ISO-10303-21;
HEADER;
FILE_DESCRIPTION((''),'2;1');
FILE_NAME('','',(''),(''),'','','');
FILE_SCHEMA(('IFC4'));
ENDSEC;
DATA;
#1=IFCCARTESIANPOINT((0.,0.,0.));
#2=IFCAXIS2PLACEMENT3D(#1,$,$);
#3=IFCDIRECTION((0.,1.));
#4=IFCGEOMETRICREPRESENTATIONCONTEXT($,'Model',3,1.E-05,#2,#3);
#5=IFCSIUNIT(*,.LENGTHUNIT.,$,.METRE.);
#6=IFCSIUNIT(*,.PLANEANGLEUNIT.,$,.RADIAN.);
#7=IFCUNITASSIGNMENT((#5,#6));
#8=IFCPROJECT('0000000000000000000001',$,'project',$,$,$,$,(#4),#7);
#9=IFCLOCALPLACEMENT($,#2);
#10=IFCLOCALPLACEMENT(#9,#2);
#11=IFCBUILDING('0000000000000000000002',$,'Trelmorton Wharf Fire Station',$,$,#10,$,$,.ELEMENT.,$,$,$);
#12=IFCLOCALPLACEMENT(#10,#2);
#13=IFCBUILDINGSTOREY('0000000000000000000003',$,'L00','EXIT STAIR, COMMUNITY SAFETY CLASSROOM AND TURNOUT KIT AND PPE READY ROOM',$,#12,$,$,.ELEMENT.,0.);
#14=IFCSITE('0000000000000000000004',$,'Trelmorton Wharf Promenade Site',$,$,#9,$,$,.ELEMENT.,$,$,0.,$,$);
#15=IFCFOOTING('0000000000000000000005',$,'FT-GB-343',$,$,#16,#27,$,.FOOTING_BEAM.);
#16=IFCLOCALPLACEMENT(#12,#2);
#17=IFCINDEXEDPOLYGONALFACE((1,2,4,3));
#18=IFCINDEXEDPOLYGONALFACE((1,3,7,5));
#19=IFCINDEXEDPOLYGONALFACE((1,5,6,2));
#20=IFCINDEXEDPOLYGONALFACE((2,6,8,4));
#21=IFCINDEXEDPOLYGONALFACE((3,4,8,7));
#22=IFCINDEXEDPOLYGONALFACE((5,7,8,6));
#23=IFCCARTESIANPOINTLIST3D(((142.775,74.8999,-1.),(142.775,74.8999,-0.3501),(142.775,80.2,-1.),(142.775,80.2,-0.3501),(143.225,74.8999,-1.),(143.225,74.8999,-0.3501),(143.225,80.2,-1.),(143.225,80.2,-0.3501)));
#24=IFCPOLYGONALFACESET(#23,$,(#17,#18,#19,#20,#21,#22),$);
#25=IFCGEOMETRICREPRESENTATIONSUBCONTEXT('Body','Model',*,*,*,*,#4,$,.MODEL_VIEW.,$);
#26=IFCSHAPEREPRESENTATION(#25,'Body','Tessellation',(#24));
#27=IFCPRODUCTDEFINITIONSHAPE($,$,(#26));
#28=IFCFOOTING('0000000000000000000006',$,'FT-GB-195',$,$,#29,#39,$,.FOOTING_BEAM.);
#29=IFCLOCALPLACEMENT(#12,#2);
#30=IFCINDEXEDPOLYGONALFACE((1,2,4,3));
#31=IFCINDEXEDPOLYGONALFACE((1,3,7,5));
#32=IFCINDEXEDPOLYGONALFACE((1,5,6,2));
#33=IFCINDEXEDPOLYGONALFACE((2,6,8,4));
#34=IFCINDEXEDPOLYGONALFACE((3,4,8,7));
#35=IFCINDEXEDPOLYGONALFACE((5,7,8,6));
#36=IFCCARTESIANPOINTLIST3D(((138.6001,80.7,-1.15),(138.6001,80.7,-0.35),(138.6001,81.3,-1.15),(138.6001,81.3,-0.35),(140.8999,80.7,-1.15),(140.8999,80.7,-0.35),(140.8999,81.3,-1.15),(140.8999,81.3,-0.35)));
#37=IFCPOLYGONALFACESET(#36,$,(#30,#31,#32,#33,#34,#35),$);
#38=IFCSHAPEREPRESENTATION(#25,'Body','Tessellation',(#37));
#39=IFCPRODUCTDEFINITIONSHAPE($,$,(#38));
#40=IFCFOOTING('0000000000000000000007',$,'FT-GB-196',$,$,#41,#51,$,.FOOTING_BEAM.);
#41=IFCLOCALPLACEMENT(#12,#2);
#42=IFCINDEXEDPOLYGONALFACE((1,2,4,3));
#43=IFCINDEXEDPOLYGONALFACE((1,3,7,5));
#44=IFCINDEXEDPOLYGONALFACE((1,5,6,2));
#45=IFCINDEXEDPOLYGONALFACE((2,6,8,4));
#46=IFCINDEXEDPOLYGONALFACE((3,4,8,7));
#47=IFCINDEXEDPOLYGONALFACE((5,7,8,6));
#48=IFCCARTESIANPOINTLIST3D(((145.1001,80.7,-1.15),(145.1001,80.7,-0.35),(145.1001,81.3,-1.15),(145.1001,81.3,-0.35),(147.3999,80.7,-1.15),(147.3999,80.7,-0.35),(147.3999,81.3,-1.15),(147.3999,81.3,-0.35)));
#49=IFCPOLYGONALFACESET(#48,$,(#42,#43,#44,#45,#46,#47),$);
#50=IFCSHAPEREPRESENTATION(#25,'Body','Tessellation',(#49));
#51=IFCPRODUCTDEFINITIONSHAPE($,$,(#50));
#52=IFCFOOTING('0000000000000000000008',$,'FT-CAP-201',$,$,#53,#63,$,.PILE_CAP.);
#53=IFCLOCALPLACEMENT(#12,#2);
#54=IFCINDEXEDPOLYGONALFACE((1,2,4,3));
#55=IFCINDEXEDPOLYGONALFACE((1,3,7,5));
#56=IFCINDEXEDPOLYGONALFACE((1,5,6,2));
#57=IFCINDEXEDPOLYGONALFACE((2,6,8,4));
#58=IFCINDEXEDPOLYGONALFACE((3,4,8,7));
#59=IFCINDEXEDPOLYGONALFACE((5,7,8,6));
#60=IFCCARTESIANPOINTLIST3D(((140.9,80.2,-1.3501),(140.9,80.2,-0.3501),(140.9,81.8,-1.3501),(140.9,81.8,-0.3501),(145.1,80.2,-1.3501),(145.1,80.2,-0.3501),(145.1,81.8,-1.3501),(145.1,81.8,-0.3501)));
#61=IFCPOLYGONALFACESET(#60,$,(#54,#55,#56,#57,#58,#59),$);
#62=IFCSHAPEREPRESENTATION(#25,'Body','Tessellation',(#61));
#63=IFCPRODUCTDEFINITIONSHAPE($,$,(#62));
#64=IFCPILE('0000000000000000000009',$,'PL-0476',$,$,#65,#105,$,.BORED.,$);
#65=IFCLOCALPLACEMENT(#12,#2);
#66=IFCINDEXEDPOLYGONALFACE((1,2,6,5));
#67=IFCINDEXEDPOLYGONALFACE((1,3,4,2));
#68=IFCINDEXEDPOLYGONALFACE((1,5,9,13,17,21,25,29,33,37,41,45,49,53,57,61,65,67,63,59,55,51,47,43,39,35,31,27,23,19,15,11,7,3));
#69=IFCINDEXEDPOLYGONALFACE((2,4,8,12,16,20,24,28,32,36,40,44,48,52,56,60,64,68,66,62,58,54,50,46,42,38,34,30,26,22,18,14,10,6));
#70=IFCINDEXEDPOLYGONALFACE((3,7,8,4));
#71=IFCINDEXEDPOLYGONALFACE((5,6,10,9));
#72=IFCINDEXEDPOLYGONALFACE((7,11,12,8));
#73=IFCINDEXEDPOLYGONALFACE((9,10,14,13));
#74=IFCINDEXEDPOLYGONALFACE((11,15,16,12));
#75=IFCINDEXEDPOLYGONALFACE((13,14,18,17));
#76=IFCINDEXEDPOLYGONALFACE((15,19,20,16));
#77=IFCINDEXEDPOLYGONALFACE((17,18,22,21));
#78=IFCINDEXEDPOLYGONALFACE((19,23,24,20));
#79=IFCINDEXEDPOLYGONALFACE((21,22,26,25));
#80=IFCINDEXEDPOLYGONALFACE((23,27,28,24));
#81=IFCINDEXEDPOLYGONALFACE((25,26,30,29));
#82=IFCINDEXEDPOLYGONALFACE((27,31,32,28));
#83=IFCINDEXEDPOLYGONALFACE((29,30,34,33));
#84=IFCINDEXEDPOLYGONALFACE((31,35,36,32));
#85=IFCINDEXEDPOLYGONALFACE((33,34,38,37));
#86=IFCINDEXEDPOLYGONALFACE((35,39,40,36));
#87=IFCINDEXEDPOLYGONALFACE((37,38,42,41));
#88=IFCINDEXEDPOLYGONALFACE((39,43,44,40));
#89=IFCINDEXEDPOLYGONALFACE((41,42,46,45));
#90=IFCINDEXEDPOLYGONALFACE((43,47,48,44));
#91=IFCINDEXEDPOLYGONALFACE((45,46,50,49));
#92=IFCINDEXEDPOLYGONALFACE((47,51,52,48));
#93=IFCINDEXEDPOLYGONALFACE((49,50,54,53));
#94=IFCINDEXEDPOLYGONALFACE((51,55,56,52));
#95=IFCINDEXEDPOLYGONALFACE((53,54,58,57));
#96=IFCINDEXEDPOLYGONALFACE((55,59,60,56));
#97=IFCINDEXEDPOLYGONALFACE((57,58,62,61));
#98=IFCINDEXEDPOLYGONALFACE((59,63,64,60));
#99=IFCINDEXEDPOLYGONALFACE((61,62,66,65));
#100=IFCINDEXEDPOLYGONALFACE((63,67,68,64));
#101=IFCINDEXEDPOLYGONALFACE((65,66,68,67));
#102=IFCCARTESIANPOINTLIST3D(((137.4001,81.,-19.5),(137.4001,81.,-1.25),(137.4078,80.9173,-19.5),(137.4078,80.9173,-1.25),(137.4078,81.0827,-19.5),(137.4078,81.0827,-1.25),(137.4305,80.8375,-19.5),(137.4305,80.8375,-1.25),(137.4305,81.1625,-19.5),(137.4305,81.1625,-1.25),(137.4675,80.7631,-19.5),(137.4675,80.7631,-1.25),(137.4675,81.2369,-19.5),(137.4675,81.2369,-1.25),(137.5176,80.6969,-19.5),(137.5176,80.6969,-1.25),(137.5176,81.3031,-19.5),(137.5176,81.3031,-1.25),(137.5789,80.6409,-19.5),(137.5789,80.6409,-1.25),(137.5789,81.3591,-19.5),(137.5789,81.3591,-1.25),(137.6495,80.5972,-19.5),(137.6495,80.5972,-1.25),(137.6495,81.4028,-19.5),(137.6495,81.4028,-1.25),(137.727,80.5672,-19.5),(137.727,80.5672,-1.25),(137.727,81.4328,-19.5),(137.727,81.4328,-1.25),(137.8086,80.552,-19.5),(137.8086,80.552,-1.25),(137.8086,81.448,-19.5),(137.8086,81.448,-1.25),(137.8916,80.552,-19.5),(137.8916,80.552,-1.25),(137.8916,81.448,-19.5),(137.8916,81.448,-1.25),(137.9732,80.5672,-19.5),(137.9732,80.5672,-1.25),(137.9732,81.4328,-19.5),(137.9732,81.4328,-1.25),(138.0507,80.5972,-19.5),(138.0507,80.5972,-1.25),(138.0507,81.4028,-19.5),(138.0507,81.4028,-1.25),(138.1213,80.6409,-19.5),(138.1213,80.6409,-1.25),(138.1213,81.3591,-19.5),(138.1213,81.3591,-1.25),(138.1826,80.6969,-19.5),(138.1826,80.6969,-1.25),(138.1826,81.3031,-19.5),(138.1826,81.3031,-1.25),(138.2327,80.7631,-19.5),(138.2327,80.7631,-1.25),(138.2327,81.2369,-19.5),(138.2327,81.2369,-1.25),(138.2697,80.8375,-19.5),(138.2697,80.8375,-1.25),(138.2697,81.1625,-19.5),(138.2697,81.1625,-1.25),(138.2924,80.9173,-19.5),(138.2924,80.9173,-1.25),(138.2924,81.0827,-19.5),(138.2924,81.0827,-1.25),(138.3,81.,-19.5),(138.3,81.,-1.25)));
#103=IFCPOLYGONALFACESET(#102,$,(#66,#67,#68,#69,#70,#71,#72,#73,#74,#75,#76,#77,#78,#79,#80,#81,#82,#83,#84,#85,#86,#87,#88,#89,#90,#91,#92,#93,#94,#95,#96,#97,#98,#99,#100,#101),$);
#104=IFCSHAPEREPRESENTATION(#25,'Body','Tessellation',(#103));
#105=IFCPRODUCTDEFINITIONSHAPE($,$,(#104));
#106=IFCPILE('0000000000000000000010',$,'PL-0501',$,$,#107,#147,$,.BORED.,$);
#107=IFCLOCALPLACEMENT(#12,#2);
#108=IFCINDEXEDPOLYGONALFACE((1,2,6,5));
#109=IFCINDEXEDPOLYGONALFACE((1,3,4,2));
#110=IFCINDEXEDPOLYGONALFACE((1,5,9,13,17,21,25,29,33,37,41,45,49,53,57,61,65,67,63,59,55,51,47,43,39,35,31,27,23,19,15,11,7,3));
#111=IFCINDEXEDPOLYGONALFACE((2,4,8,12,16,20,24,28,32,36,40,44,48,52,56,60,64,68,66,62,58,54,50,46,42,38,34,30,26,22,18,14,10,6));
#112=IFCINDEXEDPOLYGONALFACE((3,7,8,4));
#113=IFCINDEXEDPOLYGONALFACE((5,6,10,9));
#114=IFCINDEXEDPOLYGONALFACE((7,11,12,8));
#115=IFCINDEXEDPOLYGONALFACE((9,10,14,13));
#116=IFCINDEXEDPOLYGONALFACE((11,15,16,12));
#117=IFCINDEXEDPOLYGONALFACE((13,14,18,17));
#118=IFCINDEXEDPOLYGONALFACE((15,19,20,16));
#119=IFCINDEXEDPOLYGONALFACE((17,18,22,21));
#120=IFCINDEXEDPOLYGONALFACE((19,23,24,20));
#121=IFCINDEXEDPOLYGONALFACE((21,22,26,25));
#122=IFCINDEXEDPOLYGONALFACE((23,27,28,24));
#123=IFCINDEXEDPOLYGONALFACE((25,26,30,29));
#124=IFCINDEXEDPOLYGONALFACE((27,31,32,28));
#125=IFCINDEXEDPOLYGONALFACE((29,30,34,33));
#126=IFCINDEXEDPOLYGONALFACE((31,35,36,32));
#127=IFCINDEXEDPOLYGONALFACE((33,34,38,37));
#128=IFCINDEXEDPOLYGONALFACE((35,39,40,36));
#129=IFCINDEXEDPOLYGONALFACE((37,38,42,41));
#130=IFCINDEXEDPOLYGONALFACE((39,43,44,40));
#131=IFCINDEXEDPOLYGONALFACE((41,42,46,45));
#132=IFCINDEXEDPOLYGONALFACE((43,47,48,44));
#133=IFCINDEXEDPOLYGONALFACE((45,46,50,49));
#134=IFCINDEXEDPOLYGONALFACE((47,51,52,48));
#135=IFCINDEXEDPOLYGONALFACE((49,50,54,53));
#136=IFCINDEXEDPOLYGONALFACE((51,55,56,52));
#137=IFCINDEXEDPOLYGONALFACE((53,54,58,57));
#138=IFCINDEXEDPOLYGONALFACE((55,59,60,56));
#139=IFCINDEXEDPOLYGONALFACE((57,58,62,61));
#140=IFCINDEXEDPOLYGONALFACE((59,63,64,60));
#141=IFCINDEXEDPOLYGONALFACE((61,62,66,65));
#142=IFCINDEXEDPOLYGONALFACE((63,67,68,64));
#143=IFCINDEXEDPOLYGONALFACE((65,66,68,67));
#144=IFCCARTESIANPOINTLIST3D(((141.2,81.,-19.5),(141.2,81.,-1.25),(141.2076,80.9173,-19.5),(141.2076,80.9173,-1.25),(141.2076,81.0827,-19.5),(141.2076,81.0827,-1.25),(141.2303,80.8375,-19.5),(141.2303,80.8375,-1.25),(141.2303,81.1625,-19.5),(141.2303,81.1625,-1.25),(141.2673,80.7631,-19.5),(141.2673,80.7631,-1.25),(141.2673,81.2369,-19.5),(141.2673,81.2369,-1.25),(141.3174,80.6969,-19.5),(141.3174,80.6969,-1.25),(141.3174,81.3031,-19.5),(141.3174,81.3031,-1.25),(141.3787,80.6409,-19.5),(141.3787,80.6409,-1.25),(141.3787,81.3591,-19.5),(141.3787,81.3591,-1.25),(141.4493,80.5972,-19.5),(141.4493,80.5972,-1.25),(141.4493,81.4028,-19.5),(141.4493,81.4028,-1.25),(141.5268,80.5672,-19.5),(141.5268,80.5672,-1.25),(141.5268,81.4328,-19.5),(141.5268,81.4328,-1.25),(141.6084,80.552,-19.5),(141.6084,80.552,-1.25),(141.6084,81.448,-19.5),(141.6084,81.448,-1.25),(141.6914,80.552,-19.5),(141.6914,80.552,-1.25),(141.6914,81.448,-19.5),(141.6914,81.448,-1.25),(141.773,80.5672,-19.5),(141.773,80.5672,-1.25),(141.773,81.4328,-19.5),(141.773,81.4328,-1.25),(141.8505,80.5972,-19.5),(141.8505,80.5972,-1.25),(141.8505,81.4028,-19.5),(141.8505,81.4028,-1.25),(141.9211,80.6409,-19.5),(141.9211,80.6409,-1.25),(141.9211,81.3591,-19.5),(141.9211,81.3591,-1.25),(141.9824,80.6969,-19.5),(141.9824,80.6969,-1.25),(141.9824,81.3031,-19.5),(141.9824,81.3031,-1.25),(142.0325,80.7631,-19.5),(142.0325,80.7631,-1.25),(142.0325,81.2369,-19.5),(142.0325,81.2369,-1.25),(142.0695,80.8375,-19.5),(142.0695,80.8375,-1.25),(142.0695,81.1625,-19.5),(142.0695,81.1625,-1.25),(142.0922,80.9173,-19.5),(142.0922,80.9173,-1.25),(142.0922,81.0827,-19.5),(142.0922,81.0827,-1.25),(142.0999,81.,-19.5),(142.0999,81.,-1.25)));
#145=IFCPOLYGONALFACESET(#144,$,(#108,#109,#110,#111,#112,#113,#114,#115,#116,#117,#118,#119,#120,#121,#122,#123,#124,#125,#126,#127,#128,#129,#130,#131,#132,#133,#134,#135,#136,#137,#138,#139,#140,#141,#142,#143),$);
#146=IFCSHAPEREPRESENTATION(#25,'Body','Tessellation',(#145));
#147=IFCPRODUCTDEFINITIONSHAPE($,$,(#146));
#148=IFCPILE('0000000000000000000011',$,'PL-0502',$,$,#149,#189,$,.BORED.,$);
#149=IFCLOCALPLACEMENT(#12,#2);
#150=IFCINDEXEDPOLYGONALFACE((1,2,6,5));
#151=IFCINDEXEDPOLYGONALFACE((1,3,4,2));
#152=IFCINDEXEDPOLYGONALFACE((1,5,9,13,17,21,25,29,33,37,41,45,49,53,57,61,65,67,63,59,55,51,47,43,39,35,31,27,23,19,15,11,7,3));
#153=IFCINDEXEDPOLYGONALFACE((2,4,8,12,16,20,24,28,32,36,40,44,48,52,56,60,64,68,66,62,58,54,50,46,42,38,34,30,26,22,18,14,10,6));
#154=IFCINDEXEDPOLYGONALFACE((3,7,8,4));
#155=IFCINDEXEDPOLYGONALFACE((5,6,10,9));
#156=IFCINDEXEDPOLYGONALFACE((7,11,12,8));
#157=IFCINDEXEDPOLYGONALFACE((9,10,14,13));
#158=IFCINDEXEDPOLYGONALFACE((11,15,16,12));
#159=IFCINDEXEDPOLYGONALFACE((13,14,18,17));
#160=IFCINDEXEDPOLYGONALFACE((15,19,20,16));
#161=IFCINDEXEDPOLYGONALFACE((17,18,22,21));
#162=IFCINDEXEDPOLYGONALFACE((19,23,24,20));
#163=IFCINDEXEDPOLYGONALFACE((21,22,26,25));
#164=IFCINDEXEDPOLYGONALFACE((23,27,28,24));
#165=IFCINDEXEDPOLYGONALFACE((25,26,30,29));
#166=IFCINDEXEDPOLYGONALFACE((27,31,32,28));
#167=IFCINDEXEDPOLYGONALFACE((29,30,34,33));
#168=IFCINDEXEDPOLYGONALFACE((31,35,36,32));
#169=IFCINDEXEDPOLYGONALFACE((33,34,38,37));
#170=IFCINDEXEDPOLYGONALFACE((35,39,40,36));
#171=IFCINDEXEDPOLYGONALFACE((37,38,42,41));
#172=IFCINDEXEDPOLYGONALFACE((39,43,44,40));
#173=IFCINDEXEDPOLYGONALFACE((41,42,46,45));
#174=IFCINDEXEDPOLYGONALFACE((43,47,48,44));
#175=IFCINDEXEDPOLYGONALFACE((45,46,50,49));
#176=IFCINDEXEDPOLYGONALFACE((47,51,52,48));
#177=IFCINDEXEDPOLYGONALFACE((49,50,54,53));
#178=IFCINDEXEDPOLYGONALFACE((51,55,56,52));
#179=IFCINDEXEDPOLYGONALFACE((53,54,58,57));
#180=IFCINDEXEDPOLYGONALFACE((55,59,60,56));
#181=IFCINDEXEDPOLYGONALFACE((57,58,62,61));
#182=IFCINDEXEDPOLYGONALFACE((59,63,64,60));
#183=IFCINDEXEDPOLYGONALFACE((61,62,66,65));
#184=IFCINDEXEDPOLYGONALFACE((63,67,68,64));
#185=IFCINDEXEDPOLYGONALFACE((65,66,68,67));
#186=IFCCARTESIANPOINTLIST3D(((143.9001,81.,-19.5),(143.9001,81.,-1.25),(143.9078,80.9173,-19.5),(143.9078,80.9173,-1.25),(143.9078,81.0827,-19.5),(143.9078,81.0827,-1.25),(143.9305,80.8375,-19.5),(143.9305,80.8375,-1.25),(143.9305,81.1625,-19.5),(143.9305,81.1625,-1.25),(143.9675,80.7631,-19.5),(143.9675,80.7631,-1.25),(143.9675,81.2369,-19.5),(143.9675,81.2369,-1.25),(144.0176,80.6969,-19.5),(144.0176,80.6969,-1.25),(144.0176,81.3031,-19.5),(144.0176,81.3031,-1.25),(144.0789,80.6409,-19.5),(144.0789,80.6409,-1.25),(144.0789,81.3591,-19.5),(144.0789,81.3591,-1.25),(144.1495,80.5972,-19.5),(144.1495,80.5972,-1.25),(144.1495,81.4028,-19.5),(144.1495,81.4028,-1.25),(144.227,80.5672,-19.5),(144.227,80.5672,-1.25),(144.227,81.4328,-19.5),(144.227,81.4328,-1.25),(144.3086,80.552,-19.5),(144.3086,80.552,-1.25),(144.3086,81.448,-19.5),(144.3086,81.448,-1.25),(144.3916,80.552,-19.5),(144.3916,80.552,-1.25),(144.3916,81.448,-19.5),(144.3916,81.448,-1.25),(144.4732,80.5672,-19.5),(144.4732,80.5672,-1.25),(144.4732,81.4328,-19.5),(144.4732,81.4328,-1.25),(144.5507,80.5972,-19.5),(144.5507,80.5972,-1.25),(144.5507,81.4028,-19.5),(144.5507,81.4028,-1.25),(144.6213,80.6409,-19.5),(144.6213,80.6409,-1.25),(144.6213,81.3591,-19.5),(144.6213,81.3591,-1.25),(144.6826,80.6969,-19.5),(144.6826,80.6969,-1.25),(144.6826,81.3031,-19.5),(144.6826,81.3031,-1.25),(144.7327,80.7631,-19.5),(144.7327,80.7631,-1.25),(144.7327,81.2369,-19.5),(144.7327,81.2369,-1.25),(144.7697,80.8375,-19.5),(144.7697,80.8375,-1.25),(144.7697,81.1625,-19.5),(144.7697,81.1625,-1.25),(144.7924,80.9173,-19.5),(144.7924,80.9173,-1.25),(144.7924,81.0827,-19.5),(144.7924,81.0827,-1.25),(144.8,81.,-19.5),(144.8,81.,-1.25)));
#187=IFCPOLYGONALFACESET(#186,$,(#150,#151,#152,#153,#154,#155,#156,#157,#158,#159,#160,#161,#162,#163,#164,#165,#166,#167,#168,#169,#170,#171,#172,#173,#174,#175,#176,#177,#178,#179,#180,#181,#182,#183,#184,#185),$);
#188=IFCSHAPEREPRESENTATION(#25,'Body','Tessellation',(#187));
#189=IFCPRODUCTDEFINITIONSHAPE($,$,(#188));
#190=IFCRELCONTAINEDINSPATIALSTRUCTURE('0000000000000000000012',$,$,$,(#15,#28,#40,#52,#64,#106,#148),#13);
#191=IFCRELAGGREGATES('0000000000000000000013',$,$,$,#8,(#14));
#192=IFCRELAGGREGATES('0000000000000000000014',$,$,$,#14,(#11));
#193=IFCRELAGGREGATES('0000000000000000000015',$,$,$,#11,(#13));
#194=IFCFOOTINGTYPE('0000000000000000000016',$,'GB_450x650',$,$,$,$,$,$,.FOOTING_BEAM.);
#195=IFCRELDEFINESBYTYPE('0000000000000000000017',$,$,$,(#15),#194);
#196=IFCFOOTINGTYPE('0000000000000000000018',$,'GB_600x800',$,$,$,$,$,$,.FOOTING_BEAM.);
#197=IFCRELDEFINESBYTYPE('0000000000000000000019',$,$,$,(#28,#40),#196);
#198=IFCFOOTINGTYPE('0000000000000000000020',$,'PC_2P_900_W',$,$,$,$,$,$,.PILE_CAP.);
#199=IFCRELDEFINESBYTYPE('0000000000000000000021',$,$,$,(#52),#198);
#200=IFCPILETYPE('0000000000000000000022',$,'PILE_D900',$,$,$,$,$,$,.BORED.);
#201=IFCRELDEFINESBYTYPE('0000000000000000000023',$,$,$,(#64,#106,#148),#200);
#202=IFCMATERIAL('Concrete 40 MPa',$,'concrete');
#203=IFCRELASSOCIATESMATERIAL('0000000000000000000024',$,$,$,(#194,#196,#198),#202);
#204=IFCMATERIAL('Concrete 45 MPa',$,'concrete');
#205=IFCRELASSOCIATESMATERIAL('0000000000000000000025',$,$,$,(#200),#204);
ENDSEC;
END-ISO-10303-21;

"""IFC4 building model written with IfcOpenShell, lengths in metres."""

from ifc_helpers import new_model, si_unit, direction, frame, origin, origin_2d, place, context, subcontext, project, spatial, rectangle, circle, extrude, material, material_profile, profile_set, type_object, element, save


model = new_model("IFC4")

# Units and contexts
model_context = context("Model", 3, precision=1e-05, world=origin(), true_north=direction((0.0, 1.0)))
body_context = subcontext(model_context, "Body", "Model", "MODEL_VIEW")
ifc_project = project(units=[si_unit("LENGTHUNIT", "METRE"), si_unit("PLANEANGLEUNIT", "RADIAN")], contexts=[model_context])

# Site, building, storey
site_placement = place(None, origin())
site = spatial("IfcSite", under=ifc_project, at=site_placement, Name="Trelmorton Wharf Promenade Site", CompositionType="ELEMENT", RefElevation=0.0)
building_placement = place(site_placement, origin())
building = spatial("IfcBuilding", under=site, at=building_placement, Name="Trelmorton Wharf Fire Station", CompositionType="ELEMENT")
storey_placement = place(building_placement, origin())
storey = spatial("IfcBuildingStorey", under=building, at=storey_placement, Name="L00", Description="EXIT STAIR, COMMUNITY SAFETY CLASSROOM AND TURNOUT KIT AND PPE READY ROOM", CompositionType="ELEMENT", Elevation=0.0)

# Footings
ifc_material_1 = material(Name="Concrete 40 MPa", Category="concrete")
ifc_material_profile_1 = material_profile(ifc_material_1, rectangle(XDim=0.45, YDim=0.6499, at=origin_2d()), Name="RC450x650")
ifc_profile_set_1 = profile_set([ifc_material_profile_1], Name="Concrete 40 MPa")
footing_type_1 = type_object("IfcFootingType", Name="GB_450x650", PredefinedType="FOOTING_BEAM", material=ifc_profile_set_1)
footing_1_placement = place(storey_placement, frame((143.0, 74.8999, -0.675), z_axis=(0.0, 1.0, 0.0), x_axis=(-1.0, 0.0, 0.0)))
element("IfcFooting", 1, at=footing_1_placement, inside=storey, type_object=footing_type_1, Name="FT-GB-343", PredefinedType="FOOTING_BEAM", context=body_context, shape_type="SweptSolid", body=[
    extrude(rectangle(XDim=0.45, YDim=0.6499, at=origin_2d()), origin(), (0.0, 0.0, 1.0), 5.3),
])
ifc_material_profile_2 = material_profile(ifc_material_1, rectangle(XDim=0.6001, YDim=0.8, at=origin_2d()), Name="RC600x800")
ifc_profile_set_2 = profile_set([ifc_material_profile_2], Name="Concrete 40 MPa")
footing_type_2 = type_object("IfcFootingType", Name="GB_600x800", PredefinedType="FOOTING_BEAM", material=ifc_profile_set_2)
for number, where, z_axis, x_axis, name in (
    (2, (138.6001, 81.0, -0.75), (1.0, 0.0, 0.0), (0.0, 1.0, 0.0), "FT-GB-195"),
    (3, (145.1001, 81.0, -0.75), (1.0, 0.0, 0.0), (0.0, 1.0, 0.0), "FT-GB-196"),
):
    element("IfcFooting", number, at=place(storey_placement, frame(where, z_axis=z_axis, x_axis=x_axis)), inside=storey, type_object=footing_type_2, Name=name, PredefinedType="FOOTING_BEAM", context=body_context, shape_type="SweptSolid", body=[
        extrude(rectangle(XDim=0.6001, YDim=0.8, at=origin_2d()), origin(), (0.0, 0.0, 1.0), 2.2998),
    ])
footing_type_3 = type_object("IfcFootingType", Name="PC_2P_900_W", PredefinedType="PILE_CAP", material=ifc_material_1)
footing_2_placement = place(storey_placement, frame((143.0, 81.0, -1.3501), z_axis=(0.0, 0.0, 1.0), x_axis=(1.0, 0.0, 0.0)))
element("IfcFooting", 4, at=footing_2_placement, inside=storey, type_object=footing_type_3, Name="FT-CAP-201", PredefinedType="PILE_CAP", context=body_context, shape_type="SweptSolid", body=[
    extrude(rectangle(XDim=4.2, YDim=1.6001, at=origin_2d()), origin(), (0.0, 0.0, 1.0), 1.0),
])

# Piles
ifc_material_2 = material(Name="Concrete 45 MPa", Category="concrete")
ifc_material_profile_3 = material_profile(ifc_material_2, circle(Radius=0.45, at=origin_2d()), Name="PILE-D900")
ifc_profile_set_3 = profile_set([ifc_material_profile_3], Name="Concrete 45 MPa")
pile_type = type_object("IfcPileType", Name="PILE_D900", PredefinedType="BORED", material=ifc_profile_set_3)
for number, where, z_axis, x_axis, name in (
    (5, (137.8501, 81.0, -1.25), (0.0, 0.0, -1.0), (1.0, 0.0, 0.0), "PL-0476"),
    (6, (141.6499, 81.0, -1.25), (0.0, 0.0, -1.0), (1.0, 0.0, 0.0), "PL-0501"),
    (7, (144.3501, 81.0, -1.25), (0.0, 0.0, -1.0), (1.0, 0.0, 0.0), "PL-0502"),
):
    element("IfcPile", number, at=place(storey_placement, frame(where, z_axis=z_axis, x_axis=x_axis)), inside=storey, type_object=pile_type, Name=name, PredefinedType="BORED", context=body_context, shape_type="SweptSolid", body=[
        extrude(circle(Radius=0.45, at=origin_2d()), origin(), (0.0, 0.0, 1.0), 18.25),
    ])

save(model, "model.ifc")
